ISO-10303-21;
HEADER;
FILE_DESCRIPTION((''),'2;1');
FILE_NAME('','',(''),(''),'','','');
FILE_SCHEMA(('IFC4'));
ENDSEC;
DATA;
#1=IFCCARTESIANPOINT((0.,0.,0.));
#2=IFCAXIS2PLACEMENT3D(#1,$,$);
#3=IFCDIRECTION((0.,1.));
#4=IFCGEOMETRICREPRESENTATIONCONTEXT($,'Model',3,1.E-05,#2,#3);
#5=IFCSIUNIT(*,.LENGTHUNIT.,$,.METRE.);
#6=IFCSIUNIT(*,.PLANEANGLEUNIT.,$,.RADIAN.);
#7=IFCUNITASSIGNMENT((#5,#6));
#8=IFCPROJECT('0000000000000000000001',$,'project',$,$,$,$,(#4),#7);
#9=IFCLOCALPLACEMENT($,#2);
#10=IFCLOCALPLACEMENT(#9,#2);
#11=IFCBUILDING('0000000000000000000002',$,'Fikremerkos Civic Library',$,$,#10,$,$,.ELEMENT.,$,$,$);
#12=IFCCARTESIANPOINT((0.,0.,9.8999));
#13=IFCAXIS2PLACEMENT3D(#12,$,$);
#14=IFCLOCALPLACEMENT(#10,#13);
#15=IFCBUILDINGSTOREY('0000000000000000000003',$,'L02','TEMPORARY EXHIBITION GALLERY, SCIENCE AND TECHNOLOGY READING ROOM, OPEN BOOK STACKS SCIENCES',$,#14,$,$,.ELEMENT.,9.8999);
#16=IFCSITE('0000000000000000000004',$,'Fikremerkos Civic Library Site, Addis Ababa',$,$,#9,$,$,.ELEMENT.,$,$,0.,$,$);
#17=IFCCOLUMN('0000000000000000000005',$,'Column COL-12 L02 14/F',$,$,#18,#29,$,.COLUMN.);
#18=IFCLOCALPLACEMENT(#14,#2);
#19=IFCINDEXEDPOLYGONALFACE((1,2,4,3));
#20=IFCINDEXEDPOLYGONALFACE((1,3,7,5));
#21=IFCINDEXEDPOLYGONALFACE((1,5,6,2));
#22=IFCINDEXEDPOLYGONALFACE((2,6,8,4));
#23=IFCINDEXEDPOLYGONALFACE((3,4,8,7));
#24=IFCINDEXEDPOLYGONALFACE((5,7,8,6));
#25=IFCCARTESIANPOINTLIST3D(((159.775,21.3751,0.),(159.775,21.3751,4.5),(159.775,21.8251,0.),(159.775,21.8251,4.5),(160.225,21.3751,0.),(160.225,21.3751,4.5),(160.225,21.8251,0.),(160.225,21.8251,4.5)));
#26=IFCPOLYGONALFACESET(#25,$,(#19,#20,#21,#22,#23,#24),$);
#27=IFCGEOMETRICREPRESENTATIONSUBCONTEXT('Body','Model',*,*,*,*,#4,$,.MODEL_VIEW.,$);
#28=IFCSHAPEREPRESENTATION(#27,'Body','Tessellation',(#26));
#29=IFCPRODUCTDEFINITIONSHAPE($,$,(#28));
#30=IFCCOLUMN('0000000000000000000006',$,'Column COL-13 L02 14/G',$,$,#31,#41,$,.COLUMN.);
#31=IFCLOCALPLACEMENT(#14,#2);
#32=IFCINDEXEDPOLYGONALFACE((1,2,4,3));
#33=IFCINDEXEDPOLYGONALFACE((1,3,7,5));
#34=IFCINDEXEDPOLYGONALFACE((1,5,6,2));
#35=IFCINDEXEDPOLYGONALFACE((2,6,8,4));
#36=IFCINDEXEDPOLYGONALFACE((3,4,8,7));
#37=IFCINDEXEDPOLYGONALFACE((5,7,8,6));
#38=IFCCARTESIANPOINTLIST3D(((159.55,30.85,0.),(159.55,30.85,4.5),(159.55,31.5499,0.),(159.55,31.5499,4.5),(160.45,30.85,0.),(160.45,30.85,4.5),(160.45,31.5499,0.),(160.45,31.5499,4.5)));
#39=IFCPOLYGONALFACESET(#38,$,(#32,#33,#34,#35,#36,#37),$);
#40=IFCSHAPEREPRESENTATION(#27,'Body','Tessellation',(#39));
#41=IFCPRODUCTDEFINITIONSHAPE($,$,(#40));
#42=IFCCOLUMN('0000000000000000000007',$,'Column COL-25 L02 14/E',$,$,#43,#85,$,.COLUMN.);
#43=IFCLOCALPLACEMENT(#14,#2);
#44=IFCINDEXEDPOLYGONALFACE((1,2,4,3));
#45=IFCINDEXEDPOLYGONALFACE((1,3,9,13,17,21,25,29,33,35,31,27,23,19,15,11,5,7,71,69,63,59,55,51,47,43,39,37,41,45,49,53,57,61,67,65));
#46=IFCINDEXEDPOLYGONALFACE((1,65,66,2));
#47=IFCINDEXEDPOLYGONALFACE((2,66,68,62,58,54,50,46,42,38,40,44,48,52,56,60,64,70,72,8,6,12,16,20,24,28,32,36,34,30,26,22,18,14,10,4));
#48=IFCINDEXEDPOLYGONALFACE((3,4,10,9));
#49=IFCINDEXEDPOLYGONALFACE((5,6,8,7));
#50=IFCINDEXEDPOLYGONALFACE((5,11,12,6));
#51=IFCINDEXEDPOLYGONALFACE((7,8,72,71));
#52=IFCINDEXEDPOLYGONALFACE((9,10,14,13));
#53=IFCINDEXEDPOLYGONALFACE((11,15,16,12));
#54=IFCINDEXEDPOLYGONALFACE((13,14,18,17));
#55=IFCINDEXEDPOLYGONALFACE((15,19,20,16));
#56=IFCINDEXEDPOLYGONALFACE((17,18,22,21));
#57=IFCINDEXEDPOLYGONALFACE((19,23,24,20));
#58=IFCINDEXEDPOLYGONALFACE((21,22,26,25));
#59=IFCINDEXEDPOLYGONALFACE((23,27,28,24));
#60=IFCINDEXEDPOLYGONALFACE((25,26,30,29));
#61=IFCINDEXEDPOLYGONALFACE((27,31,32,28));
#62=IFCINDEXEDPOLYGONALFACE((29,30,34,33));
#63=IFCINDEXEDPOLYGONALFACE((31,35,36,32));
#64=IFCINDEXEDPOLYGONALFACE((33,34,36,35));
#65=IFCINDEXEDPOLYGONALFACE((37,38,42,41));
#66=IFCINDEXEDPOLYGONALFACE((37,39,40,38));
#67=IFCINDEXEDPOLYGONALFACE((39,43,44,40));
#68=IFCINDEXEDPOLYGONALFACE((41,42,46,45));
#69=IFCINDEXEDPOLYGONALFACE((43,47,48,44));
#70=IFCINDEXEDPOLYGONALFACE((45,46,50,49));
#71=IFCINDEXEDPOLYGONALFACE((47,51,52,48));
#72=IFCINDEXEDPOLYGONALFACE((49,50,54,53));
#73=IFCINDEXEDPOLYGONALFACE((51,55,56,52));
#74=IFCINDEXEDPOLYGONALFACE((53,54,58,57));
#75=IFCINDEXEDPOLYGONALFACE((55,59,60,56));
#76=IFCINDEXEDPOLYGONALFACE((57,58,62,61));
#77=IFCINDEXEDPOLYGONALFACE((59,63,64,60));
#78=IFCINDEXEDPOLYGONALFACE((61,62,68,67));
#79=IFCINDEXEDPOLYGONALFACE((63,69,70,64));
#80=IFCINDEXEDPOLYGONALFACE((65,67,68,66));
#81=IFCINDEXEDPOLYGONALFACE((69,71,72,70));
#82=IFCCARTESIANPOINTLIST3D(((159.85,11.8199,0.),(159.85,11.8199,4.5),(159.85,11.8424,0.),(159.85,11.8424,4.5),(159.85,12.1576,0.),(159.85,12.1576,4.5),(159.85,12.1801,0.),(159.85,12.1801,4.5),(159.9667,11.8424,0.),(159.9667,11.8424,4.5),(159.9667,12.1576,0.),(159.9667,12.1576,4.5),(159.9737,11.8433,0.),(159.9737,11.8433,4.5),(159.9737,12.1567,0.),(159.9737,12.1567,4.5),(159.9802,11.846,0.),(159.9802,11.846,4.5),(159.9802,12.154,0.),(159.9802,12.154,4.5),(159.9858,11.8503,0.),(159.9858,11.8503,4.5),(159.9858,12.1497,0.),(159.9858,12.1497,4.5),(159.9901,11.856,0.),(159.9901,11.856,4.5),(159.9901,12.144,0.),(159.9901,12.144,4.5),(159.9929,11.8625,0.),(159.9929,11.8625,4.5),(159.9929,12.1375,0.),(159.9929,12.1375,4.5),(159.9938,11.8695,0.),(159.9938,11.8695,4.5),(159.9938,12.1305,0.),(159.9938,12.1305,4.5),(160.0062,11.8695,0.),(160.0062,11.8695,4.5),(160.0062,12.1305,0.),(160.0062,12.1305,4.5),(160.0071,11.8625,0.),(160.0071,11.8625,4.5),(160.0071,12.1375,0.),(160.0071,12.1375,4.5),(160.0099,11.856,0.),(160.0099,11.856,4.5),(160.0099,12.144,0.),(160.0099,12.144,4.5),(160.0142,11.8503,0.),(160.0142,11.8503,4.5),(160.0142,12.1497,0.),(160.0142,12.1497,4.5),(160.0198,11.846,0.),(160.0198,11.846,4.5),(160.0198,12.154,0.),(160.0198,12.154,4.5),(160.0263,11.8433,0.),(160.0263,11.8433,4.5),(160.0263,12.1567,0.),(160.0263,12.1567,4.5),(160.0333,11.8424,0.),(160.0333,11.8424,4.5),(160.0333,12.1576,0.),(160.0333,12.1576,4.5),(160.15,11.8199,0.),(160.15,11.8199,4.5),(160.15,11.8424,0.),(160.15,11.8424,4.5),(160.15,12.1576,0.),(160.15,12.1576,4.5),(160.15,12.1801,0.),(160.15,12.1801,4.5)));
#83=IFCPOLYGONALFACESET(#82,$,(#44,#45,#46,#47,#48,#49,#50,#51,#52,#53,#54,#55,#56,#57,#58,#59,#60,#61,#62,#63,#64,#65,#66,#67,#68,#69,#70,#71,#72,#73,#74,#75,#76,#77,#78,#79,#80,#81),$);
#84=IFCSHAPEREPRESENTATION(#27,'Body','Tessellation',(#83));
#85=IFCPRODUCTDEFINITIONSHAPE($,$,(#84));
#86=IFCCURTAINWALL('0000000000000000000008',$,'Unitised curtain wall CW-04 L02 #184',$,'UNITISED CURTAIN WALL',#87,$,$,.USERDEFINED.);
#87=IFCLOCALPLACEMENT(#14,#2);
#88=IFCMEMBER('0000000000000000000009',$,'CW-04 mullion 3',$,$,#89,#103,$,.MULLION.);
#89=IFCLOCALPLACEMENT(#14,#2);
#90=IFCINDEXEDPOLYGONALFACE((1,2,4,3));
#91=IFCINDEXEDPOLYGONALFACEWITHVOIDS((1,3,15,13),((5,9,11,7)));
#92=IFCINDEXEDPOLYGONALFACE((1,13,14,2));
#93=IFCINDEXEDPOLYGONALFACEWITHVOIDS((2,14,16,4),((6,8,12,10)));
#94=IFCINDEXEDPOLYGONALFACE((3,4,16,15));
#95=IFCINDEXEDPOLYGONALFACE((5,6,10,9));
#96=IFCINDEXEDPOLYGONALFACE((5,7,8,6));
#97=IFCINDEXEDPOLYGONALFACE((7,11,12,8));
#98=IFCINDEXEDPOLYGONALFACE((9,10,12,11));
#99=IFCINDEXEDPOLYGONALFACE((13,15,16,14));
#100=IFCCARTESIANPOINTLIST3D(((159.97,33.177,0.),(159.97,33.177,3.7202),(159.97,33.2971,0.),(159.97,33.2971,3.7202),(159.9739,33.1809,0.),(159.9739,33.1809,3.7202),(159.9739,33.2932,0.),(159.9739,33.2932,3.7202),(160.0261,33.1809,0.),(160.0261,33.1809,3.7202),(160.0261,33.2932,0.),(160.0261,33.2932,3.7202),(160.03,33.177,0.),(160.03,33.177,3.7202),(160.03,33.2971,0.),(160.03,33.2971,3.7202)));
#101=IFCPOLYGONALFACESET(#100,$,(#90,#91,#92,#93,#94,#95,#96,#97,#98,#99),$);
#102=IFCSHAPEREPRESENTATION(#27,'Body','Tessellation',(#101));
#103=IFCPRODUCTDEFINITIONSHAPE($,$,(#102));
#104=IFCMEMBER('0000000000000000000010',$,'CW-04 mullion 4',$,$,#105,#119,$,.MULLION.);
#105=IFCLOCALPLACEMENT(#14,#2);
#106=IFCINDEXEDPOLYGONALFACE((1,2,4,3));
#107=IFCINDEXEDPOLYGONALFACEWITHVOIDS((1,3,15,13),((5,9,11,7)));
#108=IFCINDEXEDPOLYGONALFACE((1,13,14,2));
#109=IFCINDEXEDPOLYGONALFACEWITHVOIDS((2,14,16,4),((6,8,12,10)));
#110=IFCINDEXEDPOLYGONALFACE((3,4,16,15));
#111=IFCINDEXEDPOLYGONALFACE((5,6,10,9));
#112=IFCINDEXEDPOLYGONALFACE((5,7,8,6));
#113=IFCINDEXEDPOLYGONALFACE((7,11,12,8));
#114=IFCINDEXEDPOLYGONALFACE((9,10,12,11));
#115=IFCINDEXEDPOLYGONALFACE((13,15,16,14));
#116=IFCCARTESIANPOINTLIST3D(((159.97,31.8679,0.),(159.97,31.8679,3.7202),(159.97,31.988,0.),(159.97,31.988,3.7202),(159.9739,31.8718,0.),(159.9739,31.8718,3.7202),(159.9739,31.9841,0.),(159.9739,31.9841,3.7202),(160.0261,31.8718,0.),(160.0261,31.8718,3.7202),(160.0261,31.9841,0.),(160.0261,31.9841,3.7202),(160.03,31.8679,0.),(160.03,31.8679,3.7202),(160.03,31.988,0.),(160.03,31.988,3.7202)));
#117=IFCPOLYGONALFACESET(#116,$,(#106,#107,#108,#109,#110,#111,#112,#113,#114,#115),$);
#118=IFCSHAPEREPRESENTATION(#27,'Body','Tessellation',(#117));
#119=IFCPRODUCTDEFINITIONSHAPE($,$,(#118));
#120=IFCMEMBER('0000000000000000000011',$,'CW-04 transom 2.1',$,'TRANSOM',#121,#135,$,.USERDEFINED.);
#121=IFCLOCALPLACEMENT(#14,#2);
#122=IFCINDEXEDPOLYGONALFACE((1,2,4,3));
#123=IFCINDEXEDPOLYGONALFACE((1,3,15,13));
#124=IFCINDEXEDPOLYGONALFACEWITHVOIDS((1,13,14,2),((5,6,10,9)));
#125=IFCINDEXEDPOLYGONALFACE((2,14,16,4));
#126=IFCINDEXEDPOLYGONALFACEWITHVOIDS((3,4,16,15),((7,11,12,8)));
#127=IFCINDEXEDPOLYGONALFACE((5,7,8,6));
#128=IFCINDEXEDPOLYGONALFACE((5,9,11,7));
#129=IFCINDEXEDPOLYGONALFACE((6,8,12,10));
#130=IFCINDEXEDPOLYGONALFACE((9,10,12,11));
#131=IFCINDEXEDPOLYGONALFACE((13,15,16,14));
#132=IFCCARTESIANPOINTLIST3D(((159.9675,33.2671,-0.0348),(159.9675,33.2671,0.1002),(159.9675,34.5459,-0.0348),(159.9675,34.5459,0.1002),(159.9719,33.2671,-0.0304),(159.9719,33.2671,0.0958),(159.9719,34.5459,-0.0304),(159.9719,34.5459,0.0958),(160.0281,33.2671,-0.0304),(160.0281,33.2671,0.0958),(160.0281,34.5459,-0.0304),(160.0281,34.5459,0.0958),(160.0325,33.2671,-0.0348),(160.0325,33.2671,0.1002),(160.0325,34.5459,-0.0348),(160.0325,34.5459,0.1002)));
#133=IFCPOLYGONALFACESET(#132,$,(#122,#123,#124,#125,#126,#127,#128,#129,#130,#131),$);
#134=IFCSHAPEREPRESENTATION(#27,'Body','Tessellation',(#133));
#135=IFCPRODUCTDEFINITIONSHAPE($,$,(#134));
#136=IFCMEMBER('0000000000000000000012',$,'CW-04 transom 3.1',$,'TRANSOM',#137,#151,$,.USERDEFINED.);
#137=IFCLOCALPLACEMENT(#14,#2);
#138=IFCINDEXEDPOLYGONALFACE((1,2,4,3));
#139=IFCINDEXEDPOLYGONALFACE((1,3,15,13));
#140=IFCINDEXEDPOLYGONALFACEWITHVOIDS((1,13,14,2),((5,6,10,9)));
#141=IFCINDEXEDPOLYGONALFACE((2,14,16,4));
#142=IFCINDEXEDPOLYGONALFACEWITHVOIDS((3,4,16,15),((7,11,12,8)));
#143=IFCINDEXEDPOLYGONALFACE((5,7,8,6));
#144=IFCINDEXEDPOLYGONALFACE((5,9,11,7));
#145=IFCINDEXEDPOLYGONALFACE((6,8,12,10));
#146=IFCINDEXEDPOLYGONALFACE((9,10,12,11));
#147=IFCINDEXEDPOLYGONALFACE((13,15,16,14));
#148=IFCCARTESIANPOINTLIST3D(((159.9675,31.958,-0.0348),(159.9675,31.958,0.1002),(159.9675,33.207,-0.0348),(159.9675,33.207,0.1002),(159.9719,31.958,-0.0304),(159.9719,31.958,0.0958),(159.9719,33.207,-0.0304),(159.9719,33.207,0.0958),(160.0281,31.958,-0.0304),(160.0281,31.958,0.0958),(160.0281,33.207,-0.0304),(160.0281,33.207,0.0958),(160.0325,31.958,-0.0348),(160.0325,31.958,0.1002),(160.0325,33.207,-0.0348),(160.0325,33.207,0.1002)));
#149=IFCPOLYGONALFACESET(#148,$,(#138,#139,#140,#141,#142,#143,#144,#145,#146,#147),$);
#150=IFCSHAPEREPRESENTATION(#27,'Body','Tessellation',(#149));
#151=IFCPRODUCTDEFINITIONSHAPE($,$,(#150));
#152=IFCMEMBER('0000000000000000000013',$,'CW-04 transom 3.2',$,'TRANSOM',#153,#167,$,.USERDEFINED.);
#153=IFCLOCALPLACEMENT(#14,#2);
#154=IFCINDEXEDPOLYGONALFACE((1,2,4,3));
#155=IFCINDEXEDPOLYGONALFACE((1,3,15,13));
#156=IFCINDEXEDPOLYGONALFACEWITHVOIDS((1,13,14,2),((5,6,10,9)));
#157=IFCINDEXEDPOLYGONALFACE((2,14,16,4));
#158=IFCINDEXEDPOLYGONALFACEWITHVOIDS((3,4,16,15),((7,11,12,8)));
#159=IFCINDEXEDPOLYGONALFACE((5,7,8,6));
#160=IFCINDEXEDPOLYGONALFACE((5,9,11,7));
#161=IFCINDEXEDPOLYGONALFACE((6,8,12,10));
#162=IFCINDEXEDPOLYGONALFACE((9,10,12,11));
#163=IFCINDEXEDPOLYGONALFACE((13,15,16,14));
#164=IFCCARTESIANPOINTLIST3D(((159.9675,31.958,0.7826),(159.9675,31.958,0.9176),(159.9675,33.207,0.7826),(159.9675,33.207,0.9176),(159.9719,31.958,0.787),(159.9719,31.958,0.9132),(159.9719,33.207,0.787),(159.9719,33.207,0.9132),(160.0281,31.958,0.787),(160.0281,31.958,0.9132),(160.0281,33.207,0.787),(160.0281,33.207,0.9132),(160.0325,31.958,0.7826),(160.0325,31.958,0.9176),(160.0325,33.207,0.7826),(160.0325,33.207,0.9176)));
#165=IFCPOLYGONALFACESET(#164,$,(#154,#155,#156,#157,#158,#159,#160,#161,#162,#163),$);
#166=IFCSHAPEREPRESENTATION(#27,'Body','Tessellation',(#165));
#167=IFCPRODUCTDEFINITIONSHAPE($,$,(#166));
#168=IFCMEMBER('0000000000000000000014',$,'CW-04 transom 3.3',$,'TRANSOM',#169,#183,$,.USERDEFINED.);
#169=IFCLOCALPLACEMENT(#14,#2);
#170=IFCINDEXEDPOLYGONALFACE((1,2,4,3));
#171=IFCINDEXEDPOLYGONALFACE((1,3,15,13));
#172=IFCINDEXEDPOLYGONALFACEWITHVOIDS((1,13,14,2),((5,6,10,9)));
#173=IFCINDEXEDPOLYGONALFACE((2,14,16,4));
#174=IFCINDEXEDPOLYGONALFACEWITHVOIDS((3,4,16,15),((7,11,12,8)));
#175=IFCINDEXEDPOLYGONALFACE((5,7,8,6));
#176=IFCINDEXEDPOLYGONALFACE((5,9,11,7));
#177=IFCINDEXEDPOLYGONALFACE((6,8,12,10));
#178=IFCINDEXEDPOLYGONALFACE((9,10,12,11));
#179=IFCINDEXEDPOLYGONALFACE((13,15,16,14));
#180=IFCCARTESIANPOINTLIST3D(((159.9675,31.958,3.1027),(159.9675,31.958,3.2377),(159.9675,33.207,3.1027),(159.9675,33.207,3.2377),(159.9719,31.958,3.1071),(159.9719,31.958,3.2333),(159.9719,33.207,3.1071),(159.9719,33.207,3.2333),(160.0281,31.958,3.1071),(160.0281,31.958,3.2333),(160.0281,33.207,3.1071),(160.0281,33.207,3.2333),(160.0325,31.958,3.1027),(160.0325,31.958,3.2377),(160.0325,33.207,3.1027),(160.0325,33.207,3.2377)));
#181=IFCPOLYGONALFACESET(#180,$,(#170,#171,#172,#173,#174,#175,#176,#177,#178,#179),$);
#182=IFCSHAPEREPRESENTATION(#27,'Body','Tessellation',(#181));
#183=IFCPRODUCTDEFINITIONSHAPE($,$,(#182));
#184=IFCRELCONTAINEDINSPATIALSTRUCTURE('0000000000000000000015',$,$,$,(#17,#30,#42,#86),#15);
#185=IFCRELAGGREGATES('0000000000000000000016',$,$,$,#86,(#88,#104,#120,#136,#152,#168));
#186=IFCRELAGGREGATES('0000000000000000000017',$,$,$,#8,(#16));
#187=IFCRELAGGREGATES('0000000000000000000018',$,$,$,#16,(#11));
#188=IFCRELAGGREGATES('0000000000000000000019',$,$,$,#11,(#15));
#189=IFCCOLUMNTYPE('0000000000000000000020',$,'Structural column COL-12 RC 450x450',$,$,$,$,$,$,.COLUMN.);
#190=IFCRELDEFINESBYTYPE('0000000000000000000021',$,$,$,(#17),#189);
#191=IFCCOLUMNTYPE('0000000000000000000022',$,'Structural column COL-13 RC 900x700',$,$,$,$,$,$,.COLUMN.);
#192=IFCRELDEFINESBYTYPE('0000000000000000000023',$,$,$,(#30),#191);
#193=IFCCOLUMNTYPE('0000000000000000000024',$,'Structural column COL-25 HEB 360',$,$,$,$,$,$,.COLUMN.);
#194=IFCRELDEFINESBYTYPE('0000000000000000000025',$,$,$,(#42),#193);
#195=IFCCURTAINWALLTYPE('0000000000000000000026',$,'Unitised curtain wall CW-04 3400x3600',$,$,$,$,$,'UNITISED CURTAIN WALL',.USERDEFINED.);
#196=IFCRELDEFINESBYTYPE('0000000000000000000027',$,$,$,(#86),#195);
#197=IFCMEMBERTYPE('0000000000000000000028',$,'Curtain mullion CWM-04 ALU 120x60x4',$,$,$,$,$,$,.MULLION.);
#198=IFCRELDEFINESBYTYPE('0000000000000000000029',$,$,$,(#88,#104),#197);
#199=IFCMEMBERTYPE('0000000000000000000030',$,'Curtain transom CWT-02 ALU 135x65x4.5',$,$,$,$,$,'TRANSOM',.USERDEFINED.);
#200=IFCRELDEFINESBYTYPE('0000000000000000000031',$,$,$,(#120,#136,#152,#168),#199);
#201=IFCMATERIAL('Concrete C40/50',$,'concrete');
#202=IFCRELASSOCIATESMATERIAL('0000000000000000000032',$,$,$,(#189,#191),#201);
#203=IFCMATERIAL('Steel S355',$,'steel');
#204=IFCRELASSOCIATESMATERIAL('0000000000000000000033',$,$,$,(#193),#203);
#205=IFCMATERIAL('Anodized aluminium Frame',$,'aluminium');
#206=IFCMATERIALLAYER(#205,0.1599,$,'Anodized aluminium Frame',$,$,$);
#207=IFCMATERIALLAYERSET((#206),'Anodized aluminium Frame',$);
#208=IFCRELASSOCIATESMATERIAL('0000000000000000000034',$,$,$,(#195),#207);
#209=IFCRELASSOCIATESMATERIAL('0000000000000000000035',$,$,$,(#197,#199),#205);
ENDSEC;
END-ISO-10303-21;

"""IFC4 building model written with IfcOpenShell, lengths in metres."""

from ifc_helpers import new_model, si_unit, direction, frame, origin, origin_2d, place, context, subcontext, project, spatial, rectangle, hollow_rectangle, i_section, extrude, material, layer, layer_set, material_profile, profile_set, type_object, element, aggregate, save


model = new_model("IFC4")

# Units and contexts
model_context = context("Model", 3, precision=1e-05, world=origin(), true_north=direction((0.0, 1.0)))
body_context = subcontext(model_context, "Body", "Model", "MODEL_VIEW")
ifc_project = project(units=[si_unit("LENGTHUNIT", "METRE"), si_unit("PLANEANGLEUNIT", "RADIAN")], contexts=[model_context])

# Site, building, storey
site_placement = place(None, origin())
site = spatial("IfcSite", under=ifc_project, at=site_placement, Name="Fikremerkos Civic Library Site, Addis Ababa", CompositionType="ELEMENT", RefElevation=0.0)
building_placement = place(site_placement, origin())
building = spatial("IfcBuilding", under=site, at=building_placement, Name="Fikremerkos Civic Library", CompositionType="ELEMENT")
storey_placement = place(building_placement, frame((0.0, 0.0, 9.8999)))
storey = spatial("IfcBuildingStorey", under=building, at=storey_placement, Name="L02", Description="TEMPORARY EXHIBITION GALLERY, SCIENCE AND TECHNOLOGY READING ROOM, OPEN BOOK STACKS SCIENCES", CompositionType="ELEMENT", Elevation=9.8999)

# Columns
ifc_material_1 = material(Name="Concrete C40/50", Category="concrete")
ifc_material_profile_1 = material_profile(ifc_material_1, rectangle(XDim=0.45, YDim=0.45, at=origin_2d()), Name="RC 450x450")
ifc_profile_set_1 = profile_set([ifc_material_profile_1], Name="Concrete C40/50")
column_type_1 = type_object("IfcColumnType", Name="Structural column COL-12 RC 450x450", PredefinedType="COLUMN", material=ifc_profile_set_1)
column_1_placement = place(storey_placement, frame((160.0, 21.6001, 0.0), z_axis=(0.0, 0.0, 1.0), x_axis=(1.0, 0.0, 0.0)))
element("IfcColumn", 1, at=column_1_placement, inside=storey, type_object=column_type_1, Name="Column COL-12 L02 14/F", PredefinedType="COLUMN", context=body_context, shape_type="SweptSolid", body=[
    extrude(rectangle(XDim=0.45, YDim=0.45, at=origin_2d()), origin(), (0.0, 0.0, 1.0), 4.5),
])
ifc_material_profile_2 = material_profile(ifc_material_1, rectangle(XDim=0.8999, YDim=0.7, at=origin_2d()), Name="RC 900x700")
ifc_profile_set_2 = profile_set([ifc_material_profile_2], Name="Concrete C40/50")
column_type_2 = type_object("IfcColumnType", Name="Structural column COL-13 RC 900x700", PredefinedType="COLUMN", material=ifc_profile_set_2)
column_2_placement = place(storey_placement, frame((160.0, 31.2, 0.0), z_axis=(0.0, 0.0, 1.0), x_axis=(1.0, 0.0, 0.0)))
element("IfcColumn", 2, at=column_2_placement, inside=storey, type_object=column_type_2, Name="Column COL-13 L02 14/G", PredefinedType="COLUMN", context=body_context, shape_type="SweptSolid", body=[
    extrude(rectangle(XDim=0.8999, YDim=0.7, at=origin_2d()), origin(), (0.0, 0.0, 1.0), 4.5),
])
ifc_material_2 = material(Name="Steel S355", Category="steel")
ifc_material_profile_3 = material_profile(ifc_material_2, i_section(OverallWidth=0.3, OverallDepth=0.3601, WebThickness=0.0125, FlangeThickness=0.0225, FilletRadius=0.0271, at=origin_2d()), Name="HEB 360")
ifc_profile_set_3 = profile_set([ifc_material_profile_3], Name="Steel S355")
column_type_3 = type_object("IfcColumnType", Name="Structural column COL-25 HEB 360", PredefinedType="COLUMN", material=ifc_profile_set_3)
column_3_placement = place(storey_placement, frame((160.0, 12.0, 0.0), z_axis=(0.0, 0.0, 1.0), x_axis=(1.0, 0.0, 0.0)))
element("IfcColumn", 3, at=column_3_placement, inside=storey, type_object=column_type_3, Name="Column COL-25 L02 14/E", PredefinedType="COLUMN", context=body_context, shape_type="SweptSolid", body=[
    extrude(i_section(OverallWidth=0.3, OverallDepth=0.3601, WebThickness=0.0125, FlangeThickness=0.0225, FilletRadius=0.0271, at=origin_2d()), origin(), (0.0, 0.0, 1.0), 4.5),
])

# Curtain wall, members
ifc_material_3 = material(Name="Anodized aluminium Frame", Category="aluminium")
ifc_layer_1 = layer(ifc_material_3, 0.1599, Name="Anodized aluminium Frame")
ifc_layer_set_1 = layer_set([ifc_layer_1], Name="Anodized aluminium Frame")
curtain_wall_type = type_object("IfcCurtainWallType", Name="Unitised curtain wall CW-04 3400x3600", ElementType="UNITISED CURTAIN WALL", PredefinedType="USERDEFINED", material=ifc_layer_set_1)
curtain_wall_placement = place(storey_placement, origin())
curtain_wall = element("IfcCurtainWall", 4, at=curtain_wall_placement, inside=storey, type_object=curtain_wall_type, Name="Unitised curtain wall CW-04 L02 #184", ObjectType="UNITISED CURTAIN WALL", PredefinedType="USERDEFINED")
ifc_material_profile_4 = material_profile(ifc_material_3, hollow_rectangle(XDim=0.0601, YDim=0.1201, WallThickness=0.0039, at=origin_2d()), Name="ALU 120x60x4")
ifc_profile_set_4 = profile_set([ifc_material_profile_4], Name="Anodized aluminium Frame")
member_type_1 = type_object("IfcMemberType", Name="Curtain mullion CWM-04 ALU 120x60x4", PredefinedType="MULLION", material=ifc_profile_set_4)
member_1_placement = place(storey_placement, frame((160.0, 33.2371, 0.0), z_axis=(0.0, 0.0, 1.0), x_axis=(1.0, 0.0, 0.0)))
member_1 = element("IfcMember", 5, at=member_1_placement, type_object=member_type_1, Name="CW-04 mullion 3", PredefinedType="MULLION", context=body_context, shape_type="SweptSolid", body=[
    extrude(hollow_rectangle(XDim=0.0601, YDim=0.1201, WallThickness=0.0039, at=origin_2d()), origin(), (0.0, 0.0, 1.0), 3.7202),
])
member_2_placement = place(storey_placement, frame((160.0, 31.928, 0.0), z_axis=(0.0, 0.0, 1.0), x_axis=(1.0, 0.0, 0.0)))
member_2 = element("IfcMember", 6, at=member_2_placement, type_object=member_type_1, Name="CW-04 mullion 4", PredefinedType="MULLION", context=body_context, shape_type="SweptSolid", body=[
    extrude(hollow_rectangle(XDim=0.0601, YDim=0.1201, WallThickness=0.0039, at=origin_2d()), origin(), (0.0, 0.0, 1.0), 3.7202),
])
ifc_material_profile_5 = material_profile(ifc_material_3, hollow_rectangle(XDim=0.0649, YDim=0.135, WallThickness=0.0044, at=origin_2d()), Name="ALU 135x65x4.5")
ifc_profile_set_5 = profile_set([ifc_material_profile_5], Name="Anodized aluminium Frame")
member_type_2 = type_object("IfcMemberType", Name="Curtain transom CWT-02 ALU 135x65x4.5", ElementType="TRANSOM", PredefinedType="USERDEFINED", material=ifc_profile_set_5)
member_3_placement = place(storey_placement, frame((160.0, 34.5459, 0.0327), z_axis=(0.0, -1.0, 0.0), x_axis=(1.0, 0.0, 0.0)))
member_3 = element("IfcMember", 7, at=member_3_placement, type_object=member_type_2, Name="CW-04 transom 2.1", ObjectType="TRANSOM", PredefinedType="USERDEFINED", context=body_context, shape_type="SweptSolid", body=[
    extrude(hollow_rectangle(XDim=0.0649, YDim=0.135, WallThickness=0.0044, at=origin_2d()), origin(), (0.0, 0.0, 1.0), 1.2788),
])
member_4_placement = place(storey_placement, frame((160.0, 33.207, 0.0327), z_axis=(0.0, -1.0, 0.0), x_axis=(1.0, 0.0, 0.0)))
member_4 = element("IfcMember", 8, at=member_4_placement, type_object=member_type_2, Name="CW-04 transom 3.1", ObjectType="TRANSOM", PredefinedType="USERDEFINED", context=body_context, shape_type="SweptSolid", body=[
    extrude(hollow_rectangle(XDim=0.0649, YDim=0.135, WallThickness=0.0044, at=origin_2d()), origin(), (0.0, 0.0, 1.0), 1.249),
])
member_5_placement = place(storey_placement, frame((160.0, 33.207, 0.8501), z_axis=(0.0, -1.0, 0.0), x_axis=(1.0, 0.0, 0.0)))
member_5 = element("IfcMember", 9, at=member_5_placement, type_object=member_type_2, Name="CW-04 transom 3.2", ObjectType="TRANSOM", PredefinedType="USERDEFINED", context=body_context, shape_type="SweptSolid", body=[
    extrude(hollow_rectangle(XDim=0.0649, YDim=0.135, WallThickness=0.0044, at=origin_2d()), origin(), (0.0, 0.0, 1.0), 1.249),
])
member_6_placement = place(storey_placement, frame((160.0, 33.207, 3.1702), z_axis=(0.0, -1.0, 0.0), x_axis=(1.0, 0.0, 0.0)))
member_6 = element("IfcMember", 10, at=member_6_placement, type_object=member_type_2, Name="CW-04 transom 3.3", ObjectType="TRANSOM", PredefinedType="USERDEFINED", context=body_context, shape_type="SweptSolid", body=[
    extrude(hollow_rectangle(XDim=0.0649, YDim=0.135, WallThickness=0.0044, at=origin_2d()), origin(), (0.0, 0.0, 1.0), 1.249),
])

aggregate(curtain_wall, [member_1, member_2, member_3, member_4, member_5, member_6])

save(model, "model.ifc")
